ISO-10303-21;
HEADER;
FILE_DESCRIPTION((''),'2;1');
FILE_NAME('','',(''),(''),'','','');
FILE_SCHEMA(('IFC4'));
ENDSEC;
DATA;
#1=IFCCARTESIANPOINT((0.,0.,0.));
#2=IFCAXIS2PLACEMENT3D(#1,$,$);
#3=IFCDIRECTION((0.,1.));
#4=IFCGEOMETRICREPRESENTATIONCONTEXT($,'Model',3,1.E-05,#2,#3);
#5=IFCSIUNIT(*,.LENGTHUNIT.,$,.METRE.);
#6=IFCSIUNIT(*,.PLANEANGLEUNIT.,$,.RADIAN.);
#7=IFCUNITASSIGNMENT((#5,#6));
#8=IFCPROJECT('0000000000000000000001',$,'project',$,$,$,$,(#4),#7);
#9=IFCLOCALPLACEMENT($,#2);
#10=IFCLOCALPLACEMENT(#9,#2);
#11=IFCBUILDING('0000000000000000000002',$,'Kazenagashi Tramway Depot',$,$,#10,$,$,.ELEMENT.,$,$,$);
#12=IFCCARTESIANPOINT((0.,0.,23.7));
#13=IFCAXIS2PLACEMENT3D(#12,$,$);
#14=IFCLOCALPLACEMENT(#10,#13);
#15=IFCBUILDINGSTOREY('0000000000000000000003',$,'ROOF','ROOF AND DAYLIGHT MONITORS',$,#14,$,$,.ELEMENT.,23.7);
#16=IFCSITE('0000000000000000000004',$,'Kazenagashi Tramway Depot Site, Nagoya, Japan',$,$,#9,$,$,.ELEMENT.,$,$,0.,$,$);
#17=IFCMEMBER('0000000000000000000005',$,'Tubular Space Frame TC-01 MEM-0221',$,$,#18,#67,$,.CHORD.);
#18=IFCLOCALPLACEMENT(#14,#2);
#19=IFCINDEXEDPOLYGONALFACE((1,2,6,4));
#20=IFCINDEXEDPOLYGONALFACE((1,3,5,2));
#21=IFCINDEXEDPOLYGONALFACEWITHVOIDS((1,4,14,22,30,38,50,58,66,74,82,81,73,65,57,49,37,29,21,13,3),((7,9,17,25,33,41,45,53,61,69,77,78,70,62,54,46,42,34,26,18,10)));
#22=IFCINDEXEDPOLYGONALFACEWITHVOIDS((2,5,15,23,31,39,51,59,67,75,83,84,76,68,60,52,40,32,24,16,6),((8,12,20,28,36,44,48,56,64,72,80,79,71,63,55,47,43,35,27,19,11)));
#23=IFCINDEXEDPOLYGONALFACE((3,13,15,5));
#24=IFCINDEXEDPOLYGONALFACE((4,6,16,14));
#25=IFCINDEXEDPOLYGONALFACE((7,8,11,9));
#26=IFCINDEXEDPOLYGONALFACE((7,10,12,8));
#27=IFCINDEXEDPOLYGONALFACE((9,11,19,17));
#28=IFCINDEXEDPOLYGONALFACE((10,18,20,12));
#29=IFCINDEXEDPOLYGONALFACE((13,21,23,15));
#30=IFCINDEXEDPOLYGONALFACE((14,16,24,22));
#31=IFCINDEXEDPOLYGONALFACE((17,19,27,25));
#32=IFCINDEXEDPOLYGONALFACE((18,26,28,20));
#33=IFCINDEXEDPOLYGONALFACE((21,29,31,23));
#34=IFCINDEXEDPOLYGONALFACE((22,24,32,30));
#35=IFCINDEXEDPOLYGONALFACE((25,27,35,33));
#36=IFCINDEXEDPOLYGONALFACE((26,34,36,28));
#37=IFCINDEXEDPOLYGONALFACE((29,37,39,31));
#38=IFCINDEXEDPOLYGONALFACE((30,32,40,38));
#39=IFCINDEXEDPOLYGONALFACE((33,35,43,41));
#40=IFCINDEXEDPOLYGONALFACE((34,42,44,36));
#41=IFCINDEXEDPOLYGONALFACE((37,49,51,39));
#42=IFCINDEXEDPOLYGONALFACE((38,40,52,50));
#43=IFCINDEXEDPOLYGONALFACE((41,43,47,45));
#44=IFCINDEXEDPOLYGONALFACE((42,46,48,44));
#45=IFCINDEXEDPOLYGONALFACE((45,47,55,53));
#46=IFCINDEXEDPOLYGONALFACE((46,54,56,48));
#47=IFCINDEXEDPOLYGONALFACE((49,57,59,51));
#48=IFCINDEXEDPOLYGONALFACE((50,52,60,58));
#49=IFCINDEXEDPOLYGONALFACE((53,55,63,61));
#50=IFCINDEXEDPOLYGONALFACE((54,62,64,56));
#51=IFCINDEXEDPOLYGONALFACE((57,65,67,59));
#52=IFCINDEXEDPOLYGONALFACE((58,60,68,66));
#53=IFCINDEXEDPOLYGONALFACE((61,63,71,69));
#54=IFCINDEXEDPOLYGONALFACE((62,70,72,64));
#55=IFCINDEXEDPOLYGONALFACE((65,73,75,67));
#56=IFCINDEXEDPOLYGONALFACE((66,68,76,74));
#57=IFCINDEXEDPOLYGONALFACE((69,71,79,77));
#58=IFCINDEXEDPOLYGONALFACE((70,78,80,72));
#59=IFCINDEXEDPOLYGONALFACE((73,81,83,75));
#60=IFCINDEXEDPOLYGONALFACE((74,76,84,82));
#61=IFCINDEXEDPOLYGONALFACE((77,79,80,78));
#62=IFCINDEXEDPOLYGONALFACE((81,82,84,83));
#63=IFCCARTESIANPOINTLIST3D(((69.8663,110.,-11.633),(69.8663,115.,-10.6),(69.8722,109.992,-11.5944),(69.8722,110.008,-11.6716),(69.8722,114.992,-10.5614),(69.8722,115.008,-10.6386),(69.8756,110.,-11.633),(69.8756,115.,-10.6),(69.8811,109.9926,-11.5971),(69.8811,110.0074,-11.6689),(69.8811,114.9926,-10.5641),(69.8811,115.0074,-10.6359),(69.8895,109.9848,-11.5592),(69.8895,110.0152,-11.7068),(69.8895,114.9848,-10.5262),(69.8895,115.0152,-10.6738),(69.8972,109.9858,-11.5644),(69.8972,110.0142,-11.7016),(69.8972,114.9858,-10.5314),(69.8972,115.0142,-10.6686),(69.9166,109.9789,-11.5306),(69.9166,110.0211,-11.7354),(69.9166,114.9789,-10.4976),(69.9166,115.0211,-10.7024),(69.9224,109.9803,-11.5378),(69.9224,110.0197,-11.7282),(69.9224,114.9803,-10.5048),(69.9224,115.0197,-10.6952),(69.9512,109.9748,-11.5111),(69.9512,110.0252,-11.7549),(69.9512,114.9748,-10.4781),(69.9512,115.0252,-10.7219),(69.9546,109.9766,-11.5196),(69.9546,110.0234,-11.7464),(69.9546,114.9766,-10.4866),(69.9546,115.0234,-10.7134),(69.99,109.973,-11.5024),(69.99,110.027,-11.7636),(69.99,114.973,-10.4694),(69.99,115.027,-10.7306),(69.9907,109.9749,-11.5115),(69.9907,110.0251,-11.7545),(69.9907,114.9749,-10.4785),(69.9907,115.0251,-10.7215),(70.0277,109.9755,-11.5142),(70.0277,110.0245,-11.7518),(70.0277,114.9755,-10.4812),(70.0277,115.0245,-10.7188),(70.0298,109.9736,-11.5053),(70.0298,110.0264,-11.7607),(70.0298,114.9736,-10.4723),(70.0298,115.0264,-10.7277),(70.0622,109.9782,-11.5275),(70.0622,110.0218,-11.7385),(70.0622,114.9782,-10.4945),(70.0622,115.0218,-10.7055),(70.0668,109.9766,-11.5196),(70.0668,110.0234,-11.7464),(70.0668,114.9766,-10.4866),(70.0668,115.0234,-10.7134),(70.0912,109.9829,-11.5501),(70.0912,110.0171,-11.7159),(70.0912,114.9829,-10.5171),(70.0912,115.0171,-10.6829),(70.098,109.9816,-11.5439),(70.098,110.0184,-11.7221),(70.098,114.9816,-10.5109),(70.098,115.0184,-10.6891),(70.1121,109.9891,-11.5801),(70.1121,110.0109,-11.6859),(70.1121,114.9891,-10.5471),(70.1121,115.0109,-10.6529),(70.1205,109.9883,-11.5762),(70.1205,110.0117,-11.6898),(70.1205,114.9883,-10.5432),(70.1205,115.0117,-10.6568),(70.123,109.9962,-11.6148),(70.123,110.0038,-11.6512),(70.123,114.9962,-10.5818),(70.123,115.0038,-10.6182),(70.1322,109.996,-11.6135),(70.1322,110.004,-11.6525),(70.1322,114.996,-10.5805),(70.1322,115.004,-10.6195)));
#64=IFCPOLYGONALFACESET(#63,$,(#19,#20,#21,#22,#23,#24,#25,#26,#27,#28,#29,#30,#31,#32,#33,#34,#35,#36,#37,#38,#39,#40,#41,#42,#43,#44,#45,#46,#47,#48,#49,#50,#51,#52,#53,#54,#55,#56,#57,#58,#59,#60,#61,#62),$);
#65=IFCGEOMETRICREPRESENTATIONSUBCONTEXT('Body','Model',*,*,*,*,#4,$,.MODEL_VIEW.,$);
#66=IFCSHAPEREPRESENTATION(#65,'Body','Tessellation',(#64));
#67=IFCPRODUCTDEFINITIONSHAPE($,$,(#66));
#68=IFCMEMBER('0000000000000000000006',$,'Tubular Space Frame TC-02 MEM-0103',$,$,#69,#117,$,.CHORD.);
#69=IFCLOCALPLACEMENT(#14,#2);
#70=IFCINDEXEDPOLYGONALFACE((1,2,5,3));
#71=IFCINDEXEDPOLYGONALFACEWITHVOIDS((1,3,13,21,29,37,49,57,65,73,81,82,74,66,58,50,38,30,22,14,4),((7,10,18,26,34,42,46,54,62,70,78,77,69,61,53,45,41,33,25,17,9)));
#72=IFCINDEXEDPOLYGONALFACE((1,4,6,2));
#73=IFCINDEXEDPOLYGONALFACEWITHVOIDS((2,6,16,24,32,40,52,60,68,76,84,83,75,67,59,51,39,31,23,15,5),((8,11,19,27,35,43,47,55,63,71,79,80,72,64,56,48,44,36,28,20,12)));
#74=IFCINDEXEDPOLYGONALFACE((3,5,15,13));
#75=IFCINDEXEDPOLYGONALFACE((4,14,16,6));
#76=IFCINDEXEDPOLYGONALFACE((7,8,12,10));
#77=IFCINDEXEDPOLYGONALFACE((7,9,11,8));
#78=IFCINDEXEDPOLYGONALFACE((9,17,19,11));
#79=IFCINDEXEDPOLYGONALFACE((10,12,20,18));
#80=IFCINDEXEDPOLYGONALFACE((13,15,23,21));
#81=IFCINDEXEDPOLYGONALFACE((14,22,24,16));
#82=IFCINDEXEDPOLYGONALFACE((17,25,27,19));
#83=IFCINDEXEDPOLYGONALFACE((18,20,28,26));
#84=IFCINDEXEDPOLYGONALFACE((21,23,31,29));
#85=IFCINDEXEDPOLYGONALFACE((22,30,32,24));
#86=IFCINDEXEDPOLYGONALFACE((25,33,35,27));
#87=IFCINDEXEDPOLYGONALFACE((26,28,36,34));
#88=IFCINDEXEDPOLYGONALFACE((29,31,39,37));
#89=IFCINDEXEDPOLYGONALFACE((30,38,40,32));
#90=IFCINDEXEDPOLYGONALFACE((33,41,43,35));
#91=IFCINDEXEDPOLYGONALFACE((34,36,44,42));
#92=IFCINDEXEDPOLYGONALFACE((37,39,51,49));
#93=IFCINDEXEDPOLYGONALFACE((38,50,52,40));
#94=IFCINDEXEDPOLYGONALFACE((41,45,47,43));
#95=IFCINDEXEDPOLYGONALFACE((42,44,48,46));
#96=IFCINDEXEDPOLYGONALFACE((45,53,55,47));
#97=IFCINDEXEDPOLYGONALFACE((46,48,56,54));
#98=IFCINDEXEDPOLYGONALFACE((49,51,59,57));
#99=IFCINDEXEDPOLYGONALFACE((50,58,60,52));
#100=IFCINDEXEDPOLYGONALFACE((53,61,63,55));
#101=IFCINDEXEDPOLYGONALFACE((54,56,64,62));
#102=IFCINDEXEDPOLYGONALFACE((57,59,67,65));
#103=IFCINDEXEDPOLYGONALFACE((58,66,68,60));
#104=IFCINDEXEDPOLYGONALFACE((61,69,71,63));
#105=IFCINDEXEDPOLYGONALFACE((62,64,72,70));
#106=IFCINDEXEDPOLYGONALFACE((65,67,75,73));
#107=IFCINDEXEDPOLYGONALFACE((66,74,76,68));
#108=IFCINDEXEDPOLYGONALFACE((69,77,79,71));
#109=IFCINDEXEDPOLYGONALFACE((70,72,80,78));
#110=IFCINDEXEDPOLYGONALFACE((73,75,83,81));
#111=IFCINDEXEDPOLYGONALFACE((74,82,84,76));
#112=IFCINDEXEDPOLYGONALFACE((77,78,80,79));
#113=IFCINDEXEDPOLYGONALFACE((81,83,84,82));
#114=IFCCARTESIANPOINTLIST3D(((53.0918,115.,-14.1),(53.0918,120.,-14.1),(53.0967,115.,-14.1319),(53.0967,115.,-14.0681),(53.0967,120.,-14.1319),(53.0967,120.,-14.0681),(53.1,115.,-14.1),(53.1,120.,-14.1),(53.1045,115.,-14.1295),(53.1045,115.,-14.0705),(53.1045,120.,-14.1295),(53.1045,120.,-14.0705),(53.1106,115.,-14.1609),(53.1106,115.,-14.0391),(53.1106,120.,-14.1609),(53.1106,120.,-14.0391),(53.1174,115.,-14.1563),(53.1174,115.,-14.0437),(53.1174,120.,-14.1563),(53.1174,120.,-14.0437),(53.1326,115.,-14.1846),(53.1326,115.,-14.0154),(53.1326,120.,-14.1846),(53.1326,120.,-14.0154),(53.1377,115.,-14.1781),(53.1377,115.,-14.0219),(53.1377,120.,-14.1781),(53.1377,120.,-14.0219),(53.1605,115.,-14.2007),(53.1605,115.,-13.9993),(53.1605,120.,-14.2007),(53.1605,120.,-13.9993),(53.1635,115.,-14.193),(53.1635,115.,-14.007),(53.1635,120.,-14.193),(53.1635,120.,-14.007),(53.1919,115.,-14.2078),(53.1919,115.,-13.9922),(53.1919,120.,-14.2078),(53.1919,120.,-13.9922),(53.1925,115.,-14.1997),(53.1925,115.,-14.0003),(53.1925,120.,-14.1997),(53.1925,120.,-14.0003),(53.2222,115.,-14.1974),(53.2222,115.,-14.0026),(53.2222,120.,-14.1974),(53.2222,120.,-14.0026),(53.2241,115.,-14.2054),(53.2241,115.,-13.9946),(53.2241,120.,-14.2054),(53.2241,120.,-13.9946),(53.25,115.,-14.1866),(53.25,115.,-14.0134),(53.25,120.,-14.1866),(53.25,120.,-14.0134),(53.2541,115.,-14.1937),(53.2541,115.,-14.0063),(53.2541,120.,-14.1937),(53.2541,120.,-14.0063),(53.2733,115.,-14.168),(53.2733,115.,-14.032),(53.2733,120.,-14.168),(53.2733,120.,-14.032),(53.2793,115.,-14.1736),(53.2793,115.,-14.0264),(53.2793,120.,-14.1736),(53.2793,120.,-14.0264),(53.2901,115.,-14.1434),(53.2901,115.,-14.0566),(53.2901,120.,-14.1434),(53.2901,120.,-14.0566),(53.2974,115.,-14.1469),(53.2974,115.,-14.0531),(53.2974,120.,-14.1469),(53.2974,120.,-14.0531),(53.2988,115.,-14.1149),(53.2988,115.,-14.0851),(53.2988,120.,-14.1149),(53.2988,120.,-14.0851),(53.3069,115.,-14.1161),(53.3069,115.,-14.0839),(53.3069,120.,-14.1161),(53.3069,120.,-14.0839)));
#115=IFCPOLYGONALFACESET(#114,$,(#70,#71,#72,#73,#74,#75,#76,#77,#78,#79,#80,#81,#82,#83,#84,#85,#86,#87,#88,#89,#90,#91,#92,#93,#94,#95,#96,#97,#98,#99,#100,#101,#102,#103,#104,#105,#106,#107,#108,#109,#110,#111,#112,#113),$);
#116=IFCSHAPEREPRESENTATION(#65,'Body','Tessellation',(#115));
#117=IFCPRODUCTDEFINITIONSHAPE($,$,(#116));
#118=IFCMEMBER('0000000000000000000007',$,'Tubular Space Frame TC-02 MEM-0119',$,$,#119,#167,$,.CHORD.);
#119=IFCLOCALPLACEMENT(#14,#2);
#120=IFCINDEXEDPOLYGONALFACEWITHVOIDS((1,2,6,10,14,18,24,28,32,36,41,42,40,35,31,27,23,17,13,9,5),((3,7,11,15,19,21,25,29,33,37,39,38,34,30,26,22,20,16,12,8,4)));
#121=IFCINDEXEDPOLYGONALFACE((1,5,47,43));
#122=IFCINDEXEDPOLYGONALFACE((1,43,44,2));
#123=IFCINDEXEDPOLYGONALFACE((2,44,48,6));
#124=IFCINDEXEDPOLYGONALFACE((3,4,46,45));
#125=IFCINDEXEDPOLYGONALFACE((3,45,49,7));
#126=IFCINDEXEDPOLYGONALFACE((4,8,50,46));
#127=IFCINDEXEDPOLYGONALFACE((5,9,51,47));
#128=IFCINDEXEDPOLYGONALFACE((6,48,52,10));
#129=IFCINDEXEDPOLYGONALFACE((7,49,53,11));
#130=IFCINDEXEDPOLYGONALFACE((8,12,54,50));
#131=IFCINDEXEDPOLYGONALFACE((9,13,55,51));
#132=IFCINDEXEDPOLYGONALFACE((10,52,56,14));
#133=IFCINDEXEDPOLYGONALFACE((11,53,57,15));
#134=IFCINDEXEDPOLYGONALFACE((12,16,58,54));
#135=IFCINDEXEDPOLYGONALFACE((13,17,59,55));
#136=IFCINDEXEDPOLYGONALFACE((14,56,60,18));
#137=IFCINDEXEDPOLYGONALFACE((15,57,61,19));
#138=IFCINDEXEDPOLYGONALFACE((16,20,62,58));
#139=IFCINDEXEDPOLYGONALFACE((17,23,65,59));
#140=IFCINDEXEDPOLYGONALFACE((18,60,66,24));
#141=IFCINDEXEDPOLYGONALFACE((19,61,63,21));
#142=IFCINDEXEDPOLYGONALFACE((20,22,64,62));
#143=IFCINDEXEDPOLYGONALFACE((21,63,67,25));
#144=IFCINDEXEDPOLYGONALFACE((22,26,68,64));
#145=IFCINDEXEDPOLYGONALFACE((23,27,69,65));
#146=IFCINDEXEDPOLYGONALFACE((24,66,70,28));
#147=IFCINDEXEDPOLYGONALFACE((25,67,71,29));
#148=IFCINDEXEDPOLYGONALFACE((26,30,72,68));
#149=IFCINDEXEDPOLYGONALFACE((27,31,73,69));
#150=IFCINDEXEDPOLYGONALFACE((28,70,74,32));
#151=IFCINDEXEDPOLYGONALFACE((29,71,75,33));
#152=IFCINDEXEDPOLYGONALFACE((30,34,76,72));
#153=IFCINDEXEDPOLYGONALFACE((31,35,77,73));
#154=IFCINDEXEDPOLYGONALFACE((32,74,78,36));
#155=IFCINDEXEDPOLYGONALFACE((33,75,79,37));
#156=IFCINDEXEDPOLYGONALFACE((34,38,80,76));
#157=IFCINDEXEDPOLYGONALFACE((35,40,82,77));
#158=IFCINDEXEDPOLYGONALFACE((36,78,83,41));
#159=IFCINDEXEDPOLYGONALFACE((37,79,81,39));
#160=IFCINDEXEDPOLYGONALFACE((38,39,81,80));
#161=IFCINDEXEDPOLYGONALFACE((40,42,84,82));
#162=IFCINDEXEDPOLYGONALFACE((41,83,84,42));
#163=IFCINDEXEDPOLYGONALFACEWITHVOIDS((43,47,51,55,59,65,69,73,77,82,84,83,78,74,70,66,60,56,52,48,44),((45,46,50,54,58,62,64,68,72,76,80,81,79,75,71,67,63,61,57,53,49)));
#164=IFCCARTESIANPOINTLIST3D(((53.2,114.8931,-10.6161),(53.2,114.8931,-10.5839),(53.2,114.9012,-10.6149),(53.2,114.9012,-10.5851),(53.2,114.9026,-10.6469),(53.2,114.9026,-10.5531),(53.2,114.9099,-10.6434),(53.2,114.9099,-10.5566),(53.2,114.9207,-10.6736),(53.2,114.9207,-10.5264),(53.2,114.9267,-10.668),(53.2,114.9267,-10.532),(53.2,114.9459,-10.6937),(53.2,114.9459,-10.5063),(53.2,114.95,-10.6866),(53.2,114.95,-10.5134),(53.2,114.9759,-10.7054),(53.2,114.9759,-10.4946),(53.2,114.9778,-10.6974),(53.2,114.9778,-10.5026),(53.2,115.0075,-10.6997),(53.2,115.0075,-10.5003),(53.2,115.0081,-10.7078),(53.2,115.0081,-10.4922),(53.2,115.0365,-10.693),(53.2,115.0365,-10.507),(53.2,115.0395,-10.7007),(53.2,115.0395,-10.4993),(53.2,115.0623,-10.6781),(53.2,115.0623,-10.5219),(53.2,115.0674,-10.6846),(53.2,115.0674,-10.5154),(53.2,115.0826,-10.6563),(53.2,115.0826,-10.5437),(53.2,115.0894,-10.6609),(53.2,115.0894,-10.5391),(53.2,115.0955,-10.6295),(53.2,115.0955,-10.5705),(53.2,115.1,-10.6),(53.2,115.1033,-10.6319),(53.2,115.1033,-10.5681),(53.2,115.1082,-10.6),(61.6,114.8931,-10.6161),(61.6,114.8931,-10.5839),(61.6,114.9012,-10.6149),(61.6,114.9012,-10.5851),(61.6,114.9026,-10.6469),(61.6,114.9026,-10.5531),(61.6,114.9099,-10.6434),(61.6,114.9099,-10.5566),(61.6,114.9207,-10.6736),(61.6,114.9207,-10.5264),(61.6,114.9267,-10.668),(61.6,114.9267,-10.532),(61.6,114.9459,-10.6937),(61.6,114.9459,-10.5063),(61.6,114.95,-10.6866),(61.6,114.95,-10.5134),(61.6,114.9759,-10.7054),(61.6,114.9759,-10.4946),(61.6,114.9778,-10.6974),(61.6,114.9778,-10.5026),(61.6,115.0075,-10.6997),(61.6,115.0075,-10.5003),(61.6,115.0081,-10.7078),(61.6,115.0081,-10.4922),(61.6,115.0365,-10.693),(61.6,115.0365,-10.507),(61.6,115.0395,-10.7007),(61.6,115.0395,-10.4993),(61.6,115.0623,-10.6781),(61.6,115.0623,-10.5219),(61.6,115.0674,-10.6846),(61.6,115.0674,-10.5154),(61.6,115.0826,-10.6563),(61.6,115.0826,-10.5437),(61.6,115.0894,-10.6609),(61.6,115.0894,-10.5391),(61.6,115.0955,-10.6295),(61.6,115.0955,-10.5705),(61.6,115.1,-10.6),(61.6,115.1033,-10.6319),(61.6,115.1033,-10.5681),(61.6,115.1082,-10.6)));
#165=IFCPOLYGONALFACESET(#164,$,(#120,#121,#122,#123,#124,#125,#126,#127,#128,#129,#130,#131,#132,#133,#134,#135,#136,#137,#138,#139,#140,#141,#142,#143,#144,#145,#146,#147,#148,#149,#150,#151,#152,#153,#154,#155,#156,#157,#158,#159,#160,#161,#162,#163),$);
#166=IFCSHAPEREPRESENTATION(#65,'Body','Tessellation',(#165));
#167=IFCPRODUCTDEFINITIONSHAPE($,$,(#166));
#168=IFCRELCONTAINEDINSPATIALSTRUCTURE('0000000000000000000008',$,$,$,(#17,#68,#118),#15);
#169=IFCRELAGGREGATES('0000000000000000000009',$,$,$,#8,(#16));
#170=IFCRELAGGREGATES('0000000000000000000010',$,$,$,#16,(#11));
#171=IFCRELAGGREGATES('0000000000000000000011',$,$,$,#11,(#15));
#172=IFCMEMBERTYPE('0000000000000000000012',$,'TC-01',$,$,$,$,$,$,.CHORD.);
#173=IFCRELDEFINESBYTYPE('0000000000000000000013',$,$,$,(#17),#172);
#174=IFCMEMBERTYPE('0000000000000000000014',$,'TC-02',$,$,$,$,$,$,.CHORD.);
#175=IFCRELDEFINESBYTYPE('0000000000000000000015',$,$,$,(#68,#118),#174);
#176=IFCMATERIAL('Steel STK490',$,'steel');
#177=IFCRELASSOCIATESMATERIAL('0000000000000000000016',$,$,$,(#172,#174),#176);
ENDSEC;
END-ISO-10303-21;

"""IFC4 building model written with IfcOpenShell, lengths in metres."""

from ifc_helpers import new_model, si_unit, direction, frame, origin, origin_2d, place, context, subcontext, project, spatial, hollow_circle, extrude, material, material_profile, profile_set, type_object, element, save


model = new_model("IFC4")

# Units and contexts
model_context = context("Model", 3, precision=1e-05, world=origin(), true_north=direction((0.0, 1.0)))
body_context = subcontext(model_context, "Body", "Model", "MODEL_VIEW")
ifc_project = project(units=[si_unit("LENGTHUNIT", "METRE"), si_unit("PLANEANGLEUNIT", "RADIAN")], contexts=[model_context])

# Site, building, storey
site_placement = place(None, origin())
site = spatial("IfcSite", under=ifc_project, at=site_placement, Name="Kazenagashi Tramway Depot Site, Nagoya, Japan", CompositionType="ELEMENT", RefElevation=0.0)
building_placement = place(site_placement, origin())
building = spatial("IfcBuilding", under=site, at=building_placement, Name="Kazenagashi Tramway Depot", CompositionType="ELEMENT")
storey_placement = place(building_placement, frame((0.0, 0.0, 23.7)))
storey = spatial("IfcBuildingStorey", under=building, at=storey_placement, Name="ROOF", Description="ROOF AND DAYLIGHT MONITORS", CompositionType="ELEMENT", Elevation=23.7)

# Members
ifc_material_1 = material(Name="Steel STK490", Category="steel")
ifc_material_profile_1 = material_profile(ifc_material_1, hollow_circle(Radius=0.1337, WallThickness=0.0093, at=origin_2d()), Name="CHS-267.4x9.3")
ifc_profile_set_1 = profile_set([ifc_material_profile_1], Name="Steel STK490")
member_type_1 = type_object("IfcMemberType", Name="TC-01", PredefinedType="CHORD", material=ifc_profile_set_1)
member_1_placement = place(storey_placement, frame((70.0, 110.0, -11.633), z_axis=(0.0, 0.979318, 0.202327), x_axis=(-1.0, 0.0, 0.0)))
element("IfcMember", 1, at=member_1_placement, inside=storey, type_object=member_type_1, Name="Tubular Space Frame TC-01 MEM-0221", PredefinedType="CHORD", context=body_context, shape_type="SweptSolid", body=[
    extrude(hollow_circle(Radius=0.1337, WallThickness=0.0093, at=origin_2d()), origin(), (0.0, 0.0, 1.0), 5.1056),
])
ifc_material_profile_2 = material_profile(ifc_material_1, hollow_circle(Radius=0.1081, WallThickness=0.0082, at=origin_2d()), Name="CHS-216.3x8.2")
ifc_profile_set_2 = profile_set([ifc_material_profile_2], Name="Steel STK490")
member_type_2 = type_object("IfcMemberType", Name="TC-02", PredefinedType="CHORD", material=ifc_profile_set_2)
member_2_placement = place(storey_placement, frame((53.2, 115.0, -14.1), z_axis=(0.0, 1.0, 0.0), x_axis=(-1.0, 0.0, 0.0)))
element("IfcMember", 2, at=member_2_placement, inside=storey, type_object=member_type_2, Name="Tubular Space Frame TC-02 MEM-0103", PredefinedType="CHORD", context=body_context, shape_type="SweptSolid", body=[
    extrude(hollow_circle(Radius=0.1081, WallThickness=0.0082, at=origin_2d()), origin(), (0.0, 0.0, 1.0), 5.0),
])
member_3_placement = place(storey_placement, frame((53.2, 115.0, -10.6), z_axis=(1.0, 0.0, 0.0), x_axis=(0.0, 1.0, 0.0)))
element("IfcMember", 3, at=member_3_placement, inside=storey, type_object=member_type_2, Name="Tubular Space Frame TC-02 MEM-0119", PredefinedType="CHORD", context=body_context, shape_type="SweptSolid", body=[
    extrude(hollow_circle(Radius=0.1081, WallThickness=0.0082, at=origin_2d()), origin(), (0.0, 0.0, 1.0), 8.4),
])

save(model, "model.ifc")
